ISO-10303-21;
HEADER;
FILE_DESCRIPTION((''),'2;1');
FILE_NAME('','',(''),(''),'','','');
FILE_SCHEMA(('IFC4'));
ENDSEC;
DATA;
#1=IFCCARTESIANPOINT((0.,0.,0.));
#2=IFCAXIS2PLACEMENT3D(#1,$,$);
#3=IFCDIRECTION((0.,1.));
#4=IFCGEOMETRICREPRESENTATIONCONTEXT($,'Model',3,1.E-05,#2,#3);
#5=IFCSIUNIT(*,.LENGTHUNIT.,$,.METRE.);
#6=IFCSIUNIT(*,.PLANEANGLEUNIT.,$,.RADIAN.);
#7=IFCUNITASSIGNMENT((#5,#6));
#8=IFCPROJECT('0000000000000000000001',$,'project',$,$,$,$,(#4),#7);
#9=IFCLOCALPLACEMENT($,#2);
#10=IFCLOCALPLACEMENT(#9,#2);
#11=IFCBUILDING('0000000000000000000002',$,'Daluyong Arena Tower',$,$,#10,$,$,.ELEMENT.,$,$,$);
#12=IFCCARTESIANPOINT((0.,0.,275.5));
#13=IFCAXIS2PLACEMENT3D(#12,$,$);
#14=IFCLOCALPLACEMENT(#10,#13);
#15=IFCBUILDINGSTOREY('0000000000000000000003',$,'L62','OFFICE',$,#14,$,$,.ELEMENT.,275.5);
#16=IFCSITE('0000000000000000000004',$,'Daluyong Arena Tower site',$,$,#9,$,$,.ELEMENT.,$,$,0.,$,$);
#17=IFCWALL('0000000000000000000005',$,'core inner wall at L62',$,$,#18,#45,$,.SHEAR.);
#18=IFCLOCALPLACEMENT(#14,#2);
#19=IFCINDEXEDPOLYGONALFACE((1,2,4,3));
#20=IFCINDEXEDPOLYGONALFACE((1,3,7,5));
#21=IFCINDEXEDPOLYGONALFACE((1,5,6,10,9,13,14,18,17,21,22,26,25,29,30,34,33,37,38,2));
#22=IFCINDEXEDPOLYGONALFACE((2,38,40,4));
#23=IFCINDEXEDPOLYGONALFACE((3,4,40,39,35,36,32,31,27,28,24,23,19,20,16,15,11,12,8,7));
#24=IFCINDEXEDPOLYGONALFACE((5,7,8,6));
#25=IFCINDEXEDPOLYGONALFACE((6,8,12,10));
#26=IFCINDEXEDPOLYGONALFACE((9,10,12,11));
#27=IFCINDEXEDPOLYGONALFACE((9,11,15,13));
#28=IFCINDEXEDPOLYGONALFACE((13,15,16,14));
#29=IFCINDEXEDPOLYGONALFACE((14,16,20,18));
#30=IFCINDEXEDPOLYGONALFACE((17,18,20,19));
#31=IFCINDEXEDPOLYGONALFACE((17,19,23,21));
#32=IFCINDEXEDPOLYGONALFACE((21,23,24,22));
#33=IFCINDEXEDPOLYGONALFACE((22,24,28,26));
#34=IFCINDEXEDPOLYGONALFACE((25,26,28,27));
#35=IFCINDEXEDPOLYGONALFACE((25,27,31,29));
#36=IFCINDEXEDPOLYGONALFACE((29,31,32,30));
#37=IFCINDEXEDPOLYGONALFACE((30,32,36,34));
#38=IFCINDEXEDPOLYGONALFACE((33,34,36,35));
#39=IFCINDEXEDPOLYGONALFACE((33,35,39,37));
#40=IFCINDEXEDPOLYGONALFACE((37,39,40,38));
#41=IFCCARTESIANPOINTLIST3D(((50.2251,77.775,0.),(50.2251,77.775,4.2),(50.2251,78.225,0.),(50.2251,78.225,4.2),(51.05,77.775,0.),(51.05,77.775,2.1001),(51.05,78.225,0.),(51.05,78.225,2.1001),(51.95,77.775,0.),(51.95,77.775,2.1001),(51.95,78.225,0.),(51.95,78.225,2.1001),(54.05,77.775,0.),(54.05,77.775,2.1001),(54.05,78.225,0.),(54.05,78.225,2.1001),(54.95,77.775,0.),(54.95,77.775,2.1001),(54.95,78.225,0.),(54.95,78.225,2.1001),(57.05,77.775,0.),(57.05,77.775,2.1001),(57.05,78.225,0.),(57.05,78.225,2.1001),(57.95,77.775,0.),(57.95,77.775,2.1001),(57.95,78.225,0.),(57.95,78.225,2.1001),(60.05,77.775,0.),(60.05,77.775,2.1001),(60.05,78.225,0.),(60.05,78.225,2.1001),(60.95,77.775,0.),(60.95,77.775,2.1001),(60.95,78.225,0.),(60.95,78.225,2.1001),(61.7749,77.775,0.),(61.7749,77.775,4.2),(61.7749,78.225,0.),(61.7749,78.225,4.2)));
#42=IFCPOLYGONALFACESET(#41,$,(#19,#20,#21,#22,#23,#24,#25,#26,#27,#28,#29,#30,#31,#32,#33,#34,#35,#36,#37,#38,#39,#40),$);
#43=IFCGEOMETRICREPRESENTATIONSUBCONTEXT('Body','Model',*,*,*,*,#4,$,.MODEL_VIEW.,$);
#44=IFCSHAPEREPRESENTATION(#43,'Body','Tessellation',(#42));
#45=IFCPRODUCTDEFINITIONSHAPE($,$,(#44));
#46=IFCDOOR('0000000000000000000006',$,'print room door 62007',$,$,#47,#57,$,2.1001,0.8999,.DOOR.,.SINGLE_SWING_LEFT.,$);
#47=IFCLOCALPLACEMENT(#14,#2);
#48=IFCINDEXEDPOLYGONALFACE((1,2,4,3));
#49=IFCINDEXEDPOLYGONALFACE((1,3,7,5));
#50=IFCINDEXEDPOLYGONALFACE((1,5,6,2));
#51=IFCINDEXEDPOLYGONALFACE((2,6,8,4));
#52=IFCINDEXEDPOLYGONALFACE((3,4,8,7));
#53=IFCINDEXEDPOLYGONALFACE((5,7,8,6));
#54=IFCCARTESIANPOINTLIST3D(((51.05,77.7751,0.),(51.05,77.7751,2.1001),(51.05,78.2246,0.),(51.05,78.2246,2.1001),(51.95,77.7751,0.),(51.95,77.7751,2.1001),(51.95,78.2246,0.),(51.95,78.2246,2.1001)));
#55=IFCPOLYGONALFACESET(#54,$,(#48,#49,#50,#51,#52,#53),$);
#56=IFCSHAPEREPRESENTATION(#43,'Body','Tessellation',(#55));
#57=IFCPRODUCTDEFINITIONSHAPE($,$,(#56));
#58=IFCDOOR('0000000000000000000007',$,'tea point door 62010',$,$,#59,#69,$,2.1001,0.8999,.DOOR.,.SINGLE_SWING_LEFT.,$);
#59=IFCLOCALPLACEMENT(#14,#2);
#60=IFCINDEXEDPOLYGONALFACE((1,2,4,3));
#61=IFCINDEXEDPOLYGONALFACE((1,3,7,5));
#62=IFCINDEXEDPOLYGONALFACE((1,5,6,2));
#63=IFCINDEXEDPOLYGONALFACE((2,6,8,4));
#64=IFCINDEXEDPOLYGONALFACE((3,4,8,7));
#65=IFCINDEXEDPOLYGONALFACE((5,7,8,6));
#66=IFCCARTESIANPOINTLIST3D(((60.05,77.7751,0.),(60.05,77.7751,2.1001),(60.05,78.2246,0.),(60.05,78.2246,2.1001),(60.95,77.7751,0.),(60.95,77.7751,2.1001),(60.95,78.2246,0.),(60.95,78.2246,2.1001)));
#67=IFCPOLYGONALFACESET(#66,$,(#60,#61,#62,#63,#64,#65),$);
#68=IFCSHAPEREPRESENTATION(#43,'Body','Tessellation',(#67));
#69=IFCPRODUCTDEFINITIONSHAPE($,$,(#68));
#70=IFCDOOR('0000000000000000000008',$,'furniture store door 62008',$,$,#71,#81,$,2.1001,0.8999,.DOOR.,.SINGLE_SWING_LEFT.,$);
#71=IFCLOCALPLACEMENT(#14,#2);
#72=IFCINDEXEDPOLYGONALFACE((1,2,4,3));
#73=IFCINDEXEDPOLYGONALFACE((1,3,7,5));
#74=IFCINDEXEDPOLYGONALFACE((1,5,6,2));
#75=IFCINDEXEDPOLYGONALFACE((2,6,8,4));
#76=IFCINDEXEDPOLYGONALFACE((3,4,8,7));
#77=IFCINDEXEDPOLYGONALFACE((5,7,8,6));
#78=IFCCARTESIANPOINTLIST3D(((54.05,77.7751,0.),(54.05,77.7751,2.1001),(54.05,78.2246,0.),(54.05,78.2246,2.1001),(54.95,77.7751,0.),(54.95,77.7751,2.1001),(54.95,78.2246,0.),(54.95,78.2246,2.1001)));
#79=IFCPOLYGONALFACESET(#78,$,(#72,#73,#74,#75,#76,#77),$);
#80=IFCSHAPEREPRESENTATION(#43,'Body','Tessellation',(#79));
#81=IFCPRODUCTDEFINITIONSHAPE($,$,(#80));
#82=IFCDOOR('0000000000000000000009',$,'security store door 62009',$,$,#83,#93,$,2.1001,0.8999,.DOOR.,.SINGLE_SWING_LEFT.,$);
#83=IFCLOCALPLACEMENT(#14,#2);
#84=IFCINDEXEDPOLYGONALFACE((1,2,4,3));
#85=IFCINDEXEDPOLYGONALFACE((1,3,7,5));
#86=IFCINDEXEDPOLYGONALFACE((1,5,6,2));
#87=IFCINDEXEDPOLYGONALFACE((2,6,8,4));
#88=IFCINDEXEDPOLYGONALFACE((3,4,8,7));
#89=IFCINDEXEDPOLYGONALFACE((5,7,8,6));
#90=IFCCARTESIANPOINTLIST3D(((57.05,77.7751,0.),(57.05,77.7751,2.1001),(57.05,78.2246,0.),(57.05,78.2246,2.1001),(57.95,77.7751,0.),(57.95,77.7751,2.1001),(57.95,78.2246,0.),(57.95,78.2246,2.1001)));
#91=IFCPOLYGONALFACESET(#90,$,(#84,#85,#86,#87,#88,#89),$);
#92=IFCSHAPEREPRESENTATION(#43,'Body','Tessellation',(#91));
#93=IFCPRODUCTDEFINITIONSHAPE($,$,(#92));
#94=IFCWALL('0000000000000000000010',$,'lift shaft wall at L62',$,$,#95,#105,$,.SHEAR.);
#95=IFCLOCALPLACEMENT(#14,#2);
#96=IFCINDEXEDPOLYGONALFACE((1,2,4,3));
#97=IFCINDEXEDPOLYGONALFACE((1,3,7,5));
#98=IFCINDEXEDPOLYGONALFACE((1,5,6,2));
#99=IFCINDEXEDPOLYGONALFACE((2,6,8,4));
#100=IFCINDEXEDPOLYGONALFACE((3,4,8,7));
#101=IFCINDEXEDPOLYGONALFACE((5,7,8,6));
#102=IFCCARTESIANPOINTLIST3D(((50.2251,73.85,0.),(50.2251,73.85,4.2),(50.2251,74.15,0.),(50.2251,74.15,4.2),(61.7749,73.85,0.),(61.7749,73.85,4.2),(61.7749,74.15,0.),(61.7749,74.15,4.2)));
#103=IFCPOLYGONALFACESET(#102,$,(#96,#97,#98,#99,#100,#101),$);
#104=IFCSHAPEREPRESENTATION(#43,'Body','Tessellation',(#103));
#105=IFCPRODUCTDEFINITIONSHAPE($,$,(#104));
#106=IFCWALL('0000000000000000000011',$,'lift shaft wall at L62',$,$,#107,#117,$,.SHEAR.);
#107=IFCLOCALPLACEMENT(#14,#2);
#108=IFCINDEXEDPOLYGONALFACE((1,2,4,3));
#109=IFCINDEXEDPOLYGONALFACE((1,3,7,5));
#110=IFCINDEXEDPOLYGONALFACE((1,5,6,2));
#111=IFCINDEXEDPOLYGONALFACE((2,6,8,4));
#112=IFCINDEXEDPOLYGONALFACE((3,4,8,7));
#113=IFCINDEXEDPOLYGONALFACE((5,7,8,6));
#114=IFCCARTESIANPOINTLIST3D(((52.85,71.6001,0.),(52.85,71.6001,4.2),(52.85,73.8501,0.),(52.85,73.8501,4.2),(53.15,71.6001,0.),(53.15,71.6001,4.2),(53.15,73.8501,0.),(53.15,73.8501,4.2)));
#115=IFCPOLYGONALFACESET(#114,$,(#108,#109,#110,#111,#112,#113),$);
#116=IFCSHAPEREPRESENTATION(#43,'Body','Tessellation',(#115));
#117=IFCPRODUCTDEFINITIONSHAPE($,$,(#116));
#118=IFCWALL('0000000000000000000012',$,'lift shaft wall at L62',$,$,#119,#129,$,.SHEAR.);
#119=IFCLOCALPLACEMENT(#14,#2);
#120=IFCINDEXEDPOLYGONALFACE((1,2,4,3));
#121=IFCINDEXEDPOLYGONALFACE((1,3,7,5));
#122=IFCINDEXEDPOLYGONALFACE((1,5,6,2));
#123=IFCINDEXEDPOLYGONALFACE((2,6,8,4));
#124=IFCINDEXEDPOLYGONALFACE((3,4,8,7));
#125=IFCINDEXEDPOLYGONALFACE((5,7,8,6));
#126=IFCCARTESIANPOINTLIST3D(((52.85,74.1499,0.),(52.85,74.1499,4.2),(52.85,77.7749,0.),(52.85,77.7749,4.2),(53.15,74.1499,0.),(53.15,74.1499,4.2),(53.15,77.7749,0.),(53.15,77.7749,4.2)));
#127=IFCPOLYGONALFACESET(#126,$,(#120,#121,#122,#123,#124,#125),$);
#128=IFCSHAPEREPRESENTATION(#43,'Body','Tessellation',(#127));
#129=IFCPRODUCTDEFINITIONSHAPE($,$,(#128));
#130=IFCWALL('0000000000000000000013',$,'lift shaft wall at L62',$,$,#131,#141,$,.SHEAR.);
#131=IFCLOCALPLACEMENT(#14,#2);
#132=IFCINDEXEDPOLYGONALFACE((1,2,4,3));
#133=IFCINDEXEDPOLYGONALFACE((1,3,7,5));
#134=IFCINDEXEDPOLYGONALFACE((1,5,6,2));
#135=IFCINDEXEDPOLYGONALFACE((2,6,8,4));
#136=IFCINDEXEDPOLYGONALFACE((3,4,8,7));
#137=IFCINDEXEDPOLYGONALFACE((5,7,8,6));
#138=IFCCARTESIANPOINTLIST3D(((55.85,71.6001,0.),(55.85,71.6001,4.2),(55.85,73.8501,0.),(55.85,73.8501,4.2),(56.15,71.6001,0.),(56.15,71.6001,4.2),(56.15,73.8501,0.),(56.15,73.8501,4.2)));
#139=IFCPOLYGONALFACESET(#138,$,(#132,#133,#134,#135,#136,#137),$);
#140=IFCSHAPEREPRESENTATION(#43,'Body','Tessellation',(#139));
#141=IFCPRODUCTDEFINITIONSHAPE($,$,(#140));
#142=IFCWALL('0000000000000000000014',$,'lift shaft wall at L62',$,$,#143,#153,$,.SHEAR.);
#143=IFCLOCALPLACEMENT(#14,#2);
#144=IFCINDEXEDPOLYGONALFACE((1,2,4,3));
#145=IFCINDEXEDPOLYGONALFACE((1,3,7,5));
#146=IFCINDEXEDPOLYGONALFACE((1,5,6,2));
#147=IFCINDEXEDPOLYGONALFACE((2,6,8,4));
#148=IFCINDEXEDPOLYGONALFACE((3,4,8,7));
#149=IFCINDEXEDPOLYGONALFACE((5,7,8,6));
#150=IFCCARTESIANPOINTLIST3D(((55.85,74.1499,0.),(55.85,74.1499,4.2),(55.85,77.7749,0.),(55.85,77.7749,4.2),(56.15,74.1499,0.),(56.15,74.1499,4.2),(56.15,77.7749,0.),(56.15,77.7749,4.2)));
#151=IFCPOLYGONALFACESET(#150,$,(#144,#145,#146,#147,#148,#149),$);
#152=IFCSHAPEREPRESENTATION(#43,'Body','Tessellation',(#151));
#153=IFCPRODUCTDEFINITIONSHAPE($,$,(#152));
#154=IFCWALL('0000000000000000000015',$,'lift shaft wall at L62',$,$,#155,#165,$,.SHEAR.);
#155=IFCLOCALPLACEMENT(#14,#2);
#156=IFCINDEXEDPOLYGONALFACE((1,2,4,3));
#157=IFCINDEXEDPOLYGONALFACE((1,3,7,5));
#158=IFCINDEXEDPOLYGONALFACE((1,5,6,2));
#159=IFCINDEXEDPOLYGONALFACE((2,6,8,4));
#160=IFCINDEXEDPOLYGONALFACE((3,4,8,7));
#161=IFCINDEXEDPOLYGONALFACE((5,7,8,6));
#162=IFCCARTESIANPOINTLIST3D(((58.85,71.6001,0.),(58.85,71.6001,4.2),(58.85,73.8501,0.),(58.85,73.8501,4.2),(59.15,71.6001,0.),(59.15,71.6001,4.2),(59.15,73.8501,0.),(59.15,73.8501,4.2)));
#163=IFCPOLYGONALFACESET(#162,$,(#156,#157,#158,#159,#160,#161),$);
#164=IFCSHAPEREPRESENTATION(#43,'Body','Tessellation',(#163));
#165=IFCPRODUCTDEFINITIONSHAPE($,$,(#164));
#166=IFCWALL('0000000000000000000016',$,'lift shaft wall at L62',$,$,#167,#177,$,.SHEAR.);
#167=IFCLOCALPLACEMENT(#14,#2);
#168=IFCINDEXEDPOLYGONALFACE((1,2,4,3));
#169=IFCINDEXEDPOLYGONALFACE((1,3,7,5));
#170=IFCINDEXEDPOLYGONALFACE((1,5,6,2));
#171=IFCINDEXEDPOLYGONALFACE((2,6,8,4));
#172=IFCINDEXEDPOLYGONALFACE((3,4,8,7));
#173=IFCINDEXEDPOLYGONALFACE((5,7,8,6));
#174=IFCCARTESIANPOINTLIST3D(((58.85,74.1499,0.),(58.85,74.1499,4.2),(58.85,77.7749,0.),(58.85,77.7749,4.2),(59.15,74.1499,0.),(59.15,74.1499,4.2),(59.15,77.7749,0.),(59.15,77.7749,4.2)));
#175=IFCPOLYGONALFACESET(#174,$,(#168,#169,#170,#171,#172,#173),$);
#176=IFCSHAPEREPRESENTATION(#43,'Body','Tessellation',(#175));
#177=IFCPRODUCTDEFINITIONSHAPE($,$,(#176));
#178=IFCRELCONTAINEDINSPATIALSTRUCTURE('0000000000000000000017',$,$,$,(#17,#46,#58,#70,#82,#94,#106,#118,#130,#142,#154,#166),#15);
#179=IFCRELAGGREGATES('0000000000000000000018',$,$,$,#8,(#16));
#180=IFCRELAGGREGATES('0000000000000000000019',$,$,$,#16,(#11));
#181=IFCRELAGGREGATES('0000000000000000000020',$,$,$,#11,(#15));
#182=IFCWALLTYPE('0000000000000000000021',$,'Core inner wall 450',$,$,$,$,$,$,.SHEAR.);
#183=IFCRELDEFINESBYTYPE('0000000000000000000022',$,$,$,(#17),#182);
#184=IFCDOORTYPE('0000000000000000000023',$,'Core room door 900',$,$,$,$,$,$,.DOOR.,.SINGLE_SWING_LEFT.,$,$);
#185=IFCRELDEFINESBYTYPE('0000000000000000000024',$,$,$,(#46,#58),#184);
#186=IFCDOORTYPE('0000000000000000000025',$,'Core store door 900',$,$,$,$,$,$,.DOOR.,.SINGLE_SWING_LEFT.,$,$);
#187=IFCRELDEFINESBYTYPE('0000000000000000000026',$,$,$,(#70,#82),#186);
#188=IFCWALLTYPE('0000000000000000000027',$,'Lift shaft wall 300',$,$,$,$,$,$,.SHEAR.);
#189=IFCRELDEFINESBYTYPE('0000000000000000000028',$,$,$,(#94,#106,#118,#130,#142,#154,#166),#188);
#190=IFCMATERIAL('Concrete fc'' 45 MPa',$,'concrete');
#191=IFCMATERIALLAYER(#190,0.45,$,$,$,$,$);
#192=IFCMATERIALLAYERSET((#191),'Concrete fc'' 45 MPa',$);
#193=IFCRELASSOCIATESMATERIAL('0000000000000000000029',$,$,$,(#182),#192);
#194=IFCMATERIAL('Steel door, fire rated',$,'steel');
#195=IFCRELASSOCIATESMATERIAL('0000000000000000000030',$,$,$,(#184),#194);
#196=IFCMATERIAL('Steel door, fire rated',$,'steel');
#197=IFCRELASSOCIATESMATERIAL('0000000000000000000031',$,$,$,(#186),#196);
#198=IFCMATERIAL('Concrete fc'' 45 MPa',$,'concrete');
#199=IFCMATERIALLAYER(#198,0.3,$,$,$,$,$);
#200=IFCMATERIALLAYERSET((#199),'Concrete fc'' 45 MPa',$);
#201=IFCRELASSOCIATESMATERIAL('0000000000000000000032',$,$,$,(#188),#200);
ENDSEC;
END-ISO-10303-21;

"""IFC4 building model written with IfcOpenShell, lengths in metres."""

from ifc_helpers import new_model, si_unit, direction, frame, frame_2d, origin, place, context, subcontext, project, spatial, rectangle, extrude, material, layer, layer_set, type_object, element, fill, save


model = new_model("IFC4")

# Units and contexts
model_context = context("Model", 3, precision=1e-05, world=origin(), true_north=direction((0.0, 1.0)))
body_context = subcontext(model_context, "Body", "Model", "MODEL_VIEW")
ifc_project = project(units=[si_unit("LENGTHUNIT", "METRE"), si_unit("PLANEANGLEUNIT", "RADIAN")], contexts=[model_context])

# Site, building, storey
site_placement = place(None, origin())
site = spatial("IfcSite", under=ifc_project, at=site_placement, Name="Daluyong Arena Tower site", CompositionType="ELEMENT", RefElevation=0.0)
building_placement = place(site_placement, origin())
building = spatial("IfcBuilding", under=site, at=building_placement, Name="Daluyong Arena Tower", CompositionType="ELEMENT")
storey_placement = place(building_placement, frame((0.0, 0.0, 275.5)))
storey = spatial("IfcBuildingStorey", under=building, at=storey_placement, Name="L62", Description="OFFICE", CompositionType="ELEMENT", Elevation=275.5)

# Shared definitions
ifc_material_1 = material(Name="Concrete fc' 45 MPa", Category="concrete")
ifc_layer_1 = layer(ifc_material_1, 0.45)
ifc_layer_set_1 = layer_set([ifc_layer_1], Name="Concrete fc' 45 MPa")
wall_type_1 = type_object("IfcWallType", Name="Core inner wall 450", PredefinedType="SHEAR", material=ifc_layer_set_1)

# Wall, openings, doors
wall_1_placement = place(storey_placement, frame((50.2251, 78.0, 0.0), z_axis=(0.0, 0.0, 1.0), x_axis=(1.0, 0.0, 0.0)))
wall_1 = element("IfcWall", 1, at=wall_1_placement, inside=storey, type_object=wall_type_1, Name="core inner wall at L62", PredefinedType="SHEAR", context=body_context, shape_type="SweptSolid", body=[
    extrude(rectangle(XDim=11.5498, YDim=0.45, at=frame_2d((5.7749, 0.0))), origin(), (0.0, 0.0, 1.0), 4.2),
])
opening_1_placement = place(wall_1_placement, frame((0.825, 0.0, 0.0)))
opening_1 = element("IfcOpeningElement", 2, at=opening_1_placement, cuts=wall_1, PredefinedType="OPENING", context=body_context, shape_type="SweptSolid", body=[
    extrude(rectangle(XDim=0.8999, YDim=2.1001, at=frame_2d((0.45, 1.05))), frame((0.0, 0.2349, 0.0), z_axis=(0.0, -1.0, 0.0), x_axis=(1.0, 0.0, 0.0)), (0.0, 0.0, 1.0), 0.47),
])
opening_2_placement = place(wall_1_placement, frame((3.825, 0.0, 0.0)))
opening_2 = element("IfcOpeningElement", 3, at=opening_2_placement, cuts=wall_1, PredefinedType="OPENING", context=body_context, shape_type="SweptSolid", body=[
    extrude(rectangle(XDim=0.8999, YDim=2.1001, at=frame_2d((0.45, 1.05))), frame((0.0, 0.2349, 0.0), z_axis=(0.0, -1.0, 0.0), x_axis=(1.0, 0.0, 0.0)), (0.0, 0.0, 1.0), 0.47),
])
opening_3_placement = place(wall_1_placement, frame((6.825, 0.0, 0.0)))
opening_3 = element("IfcOpeningElement", 4, at=opening_3_placement, cuts=wall_1, PredefinedType="OPENING", context=body_context, shape_type="SweptSolid", body=[
    extrude(rectangle(XDim=0.8999, YDim=2.1001, at=frame_2d((0.45, 1.05))), frame((0.0, 0.2349, 0.0), z_axis=(0.0, -1.0, 0.0), x_axis=(1.0, 0.0, 0.0)), (0.0, 0.0, 1.0), 0.47),
])
opening_4_placement = place(wall_1_placement, frame((9.825, 0.0, 0.0)))
opening_4 = element("IfcOpeningElement", 5, at=opening_4_placement, cuts=wall_1, PredefinedType="OPENING", context=body_context, shape_type="SweptSolid", body=[
    extrude(rectangle(XDim=0.8999, YDim=2.1001, at=frame_2d((0.45, 1.05))), frame((0.0, 0.2349, 0.0), z_axis=(0.0, -1.0, 0.0), x_axis=(1.0, 0.0, 0.0)), (0.0, 0.0, 1.0), 0.47),
])
ifc_material_2 = material(Name="Steel door, fire rated", Category="steel")
door_type_1 = type_object("IfcDoorType", Name="Core room door 900", OperationType="SINGLE_SWING_LEFT", PredefinedType="DOOR", material=ifc_material_2)
door_1_placement = place(opening_1_placement, origin())
door_1 = element("IfcDoor", 6, at=door_1_placement, inside=storey, type_object=door_type_1, Name="print room door 62007", OperationType="SINGLE_SWING_LEFT", OverallHeight=2.1001, OverallWidth=0.8999, PredefinedType="DOOR", context=body_context, shape_type="SweptSolid", body=[
    extrude(rectangle(XDim=0.8999, YDim=2.1001, at=frame_2d((0.45, 1.05))), frame((0.0, 0.2246, 0.0), z_axis=(0.0, -1.0, 0.0), x_axis=(1.0, 0.0, 0.0)), (0.0, 0.0, 1.0), 0.4495),
])
fill(opening_1, door_1)
door_2_placement = place(opening_4_placement, origin())
door_2 = element("IfcDoor", 7, at=door_2_placement, inside=storey, type_object=door_type_1, Name="tea point door 62010", OperationType="SINGLE_SWING_LEFT", OverallHeight=2.1001, OverallWidth=0.8999, PredefinedType="DOOR", context=body_context, shape_type="SweptSolid", body=[
    extrude(rectangle(XDim=0.8999, YDim=2.1001, at=frame_2d((0.45, 1.05))), frame((0.0, 0.2246, 0.0), z_axis=(0.0, -1.0, 0.0), x_axis=(1.0, 0.0, 0.0)), (0.0, 0.0, 1.0), 0.4495),
])
fill(opening_4, door_2)
ifc_material_3 = material(Name="Steel door, fire rated", Category="steel")
door_type_2 = type_object("IfcDoorType", Name="Core store door 900", OperationType="SINGLE_SWING_LEFT", PredefinedType="DOOR", material=ifc_material_3)
door_3_placement = place(opening_2_placement, origin())
door_3 = element("IfcDoor", 8, at=door_3_placement, inside=storey, type_object=door_type_2, Name="furniture store door 62008", OperationType="SINGLE_SWING_LEFT", OverallHeight=2.1001, OverallWidth=0.8999, PredefinedType="DOOR", context=body_context, shape_type="SweptSolid", body=[
    extrude(rectangle(XDim=0.8999, YDim=2.1001, at=frame_2d((0.45, 1.05))), frame((0.0, 0.2246, 0.0), z_axis=(0.0, -1.0, 0.0), x_axis=(1.0, 0.0, 0.0)), (0.0, 0.0, 1.0), 0.4495),
])
fill(opening_2, door_3)
door_4_placement = place(opening_3_placement, origin())
door_4 = element("IfcDoor", 9, at=door_4_placement, inside=storey, type_object=door_type_2, Name="security store door 62009", OperationType="SINGLE_SWING_LEFT", OverallHeight=2.1001, OverallWidth=0.8999, PredefinedType="DOOR", context=body_context, shape_type="SweptSolid", body=[
    extrude(rectangle(XDim=0.8999, YDim=2.1001, at=frame_2d((0.45, 1.05))), frame((0.0, 0.2246, 0.0), z_axis=(0.0, -1.0, 0.0), x_axis=(1.0, 0.0, 0.0)), (0.0, 0.0, 1.0), 0.4495),
])
fill(opening_3, door_4)

# Walls
ifc_material_4 = material(Name="Concrete fc' 45 MPa", Category="concrete")
ifc_layer_2 = layer(ifc_material_4, 0.3)
ifc_layer_set_2 = layer_set([ifc_layer_2], Name="Concrete fc' 45 MPa")
wall_type_2 = type_object("IfcWallType", Name="Lift shaft wall 300", PredefinedType="SHEAR", material=ifc_layer_set_2)
wall_2_placement = place(storey_placement, frame((50.2251, 74.0, 0.0), z_axis=(0.0, 0.0, 1.0), x_axis=(1.0, 0.0, 0.0)))
element("IfcWall", 10, at=wall_2_placement, inside=storey, type_object=wall_type_2, Name="lift shaft wall at L62", PredefinedType="SHEAR", context=body_context, shape_type="SweptSolid", body=[
    extrude(rectangle(XDim=11.5498, YDim=0.3, at=frame_2d((5.7749, 0.0))), origin(), (0.0, 0.0, 1.0), 4.2),
])
wall_3_placement = place(storey_placement, frame((53.0, 71.6001, 0.0), z_axis=(0.0, 0.0, 1.0), x_axis=(0.0, 1.0, 0.0)))
element("IfcWall", 11, at=wall_3_placement, inside=storey, type_object=wall_type_2, Name="lift shaft wall at L62", PredefinedType="SHEAR", context=body_context, shape_type="SweptSolid", body=[
    extrude(rectangle(XDim=2.25, YDim=0.3, at=frame_2d((1.125, 0.0))), origin(), (0.0, 0.0, 1.0), 4.2),
])
wall_4_placement = place(storey_placement, frame((53.0, 74.1499, 0.0), z_axis=(0.0, 0.0, 1.0), x_axis=(0.0, 1.0, 0.0)))
element("IfcWall", 12, at=wall_4_placement, inside=storey, type_object=wall_type_2, Name="lift shaft wall at L62", PredefinedType="SHEAR", context=body_context, shape_type="SweptSolid", body=[
    extrude(rectangle(XDim=3.625, YDim=0.3, at=frame_2d((1.8125, 0.0))), origin(), (0.0, 0.0, 1.0), 4.2),
])
wall_5_placement = place(storey_placement, frame((56.0, 71.6001, 0.0), z_axis=(0.0, 0.0, 1.0), x_axis=(0.0, 1.0, 0.0)))
element("IfcWall", 13, at=wall_5_placement, inside=storey, type_object=wall_type_2, Name="lift shaft wall at L62", PredefinedType="SHEAR", context=body_context, shape_type="SweptSolid", body=[
    extrude(rectangle(XDim=2.25, YDim=0.3, at=frame_2d((1.125, 0.0))), origin(), (0.0, 0.0, 1.0), 4.2),
])
wall_6_placement = place(storey_placement, frame((56.0, 74.1499, 0.0), z_axis=(0.0, 0.0, 1.0), x_axis=(0.0, 1.0, 0.0)))
element("IfcWall", 14, at=wall_6_placement, inside=storey, type_object=wall_type_2, Name="lift shaft wall at L62", PredefinedType="SHEAR", context=body_context, shape_type="SweptSolid", body=[
    extrude(rectangle(XDim=3.625, YDim=0.3, at=frame_2d((1.8125, 0.0))), origin(), (0.0, 0.0, 1.0), 4.2),
])
wall_7_placement = place(storey_placement, frame((59.0, 71.6001, 0.0), z_axis=(0.0, 0.0, 1.0), x_axis=(0.0, 1.0, 0.0)))
element("IfcWall", 15, at=wall_7_placement, inside=storey, type_object=wall_type_2, Name="lift shaft wall at L62", PredefinedType="SHEAR", context=body_context, shape_type="SweptSolid", body=[
    extrude(rectangle(XDim=2.25, YDim=0.3, at=frame_2d((1.125, 0.0))), origin(), (0.0, 0.0, 1.0), 4.2),
])
wall_8_placement = place(storey_placement, frame((59.0, 74.1499, 0.0), z_axis=(0.0, 0.0, 1.0), x_axis=(0.0, 1.0, 0.0)))
element("IfcWall", 16, at=wall_8_placement, inside=storey, type_object=wall_type_2, Name="lift shaft wall at L62", PredefinedType="SHEAR", context=body_context, shape_type="SweptSolid", body=[
    extrude(rectangle(XDim=3.625, YDim=0.3, at=frame_2d((1.8125, 0.0))), origin(), (0.0, 0.0, 1.0), 4.2),
])

save(model, "model.ifc")
